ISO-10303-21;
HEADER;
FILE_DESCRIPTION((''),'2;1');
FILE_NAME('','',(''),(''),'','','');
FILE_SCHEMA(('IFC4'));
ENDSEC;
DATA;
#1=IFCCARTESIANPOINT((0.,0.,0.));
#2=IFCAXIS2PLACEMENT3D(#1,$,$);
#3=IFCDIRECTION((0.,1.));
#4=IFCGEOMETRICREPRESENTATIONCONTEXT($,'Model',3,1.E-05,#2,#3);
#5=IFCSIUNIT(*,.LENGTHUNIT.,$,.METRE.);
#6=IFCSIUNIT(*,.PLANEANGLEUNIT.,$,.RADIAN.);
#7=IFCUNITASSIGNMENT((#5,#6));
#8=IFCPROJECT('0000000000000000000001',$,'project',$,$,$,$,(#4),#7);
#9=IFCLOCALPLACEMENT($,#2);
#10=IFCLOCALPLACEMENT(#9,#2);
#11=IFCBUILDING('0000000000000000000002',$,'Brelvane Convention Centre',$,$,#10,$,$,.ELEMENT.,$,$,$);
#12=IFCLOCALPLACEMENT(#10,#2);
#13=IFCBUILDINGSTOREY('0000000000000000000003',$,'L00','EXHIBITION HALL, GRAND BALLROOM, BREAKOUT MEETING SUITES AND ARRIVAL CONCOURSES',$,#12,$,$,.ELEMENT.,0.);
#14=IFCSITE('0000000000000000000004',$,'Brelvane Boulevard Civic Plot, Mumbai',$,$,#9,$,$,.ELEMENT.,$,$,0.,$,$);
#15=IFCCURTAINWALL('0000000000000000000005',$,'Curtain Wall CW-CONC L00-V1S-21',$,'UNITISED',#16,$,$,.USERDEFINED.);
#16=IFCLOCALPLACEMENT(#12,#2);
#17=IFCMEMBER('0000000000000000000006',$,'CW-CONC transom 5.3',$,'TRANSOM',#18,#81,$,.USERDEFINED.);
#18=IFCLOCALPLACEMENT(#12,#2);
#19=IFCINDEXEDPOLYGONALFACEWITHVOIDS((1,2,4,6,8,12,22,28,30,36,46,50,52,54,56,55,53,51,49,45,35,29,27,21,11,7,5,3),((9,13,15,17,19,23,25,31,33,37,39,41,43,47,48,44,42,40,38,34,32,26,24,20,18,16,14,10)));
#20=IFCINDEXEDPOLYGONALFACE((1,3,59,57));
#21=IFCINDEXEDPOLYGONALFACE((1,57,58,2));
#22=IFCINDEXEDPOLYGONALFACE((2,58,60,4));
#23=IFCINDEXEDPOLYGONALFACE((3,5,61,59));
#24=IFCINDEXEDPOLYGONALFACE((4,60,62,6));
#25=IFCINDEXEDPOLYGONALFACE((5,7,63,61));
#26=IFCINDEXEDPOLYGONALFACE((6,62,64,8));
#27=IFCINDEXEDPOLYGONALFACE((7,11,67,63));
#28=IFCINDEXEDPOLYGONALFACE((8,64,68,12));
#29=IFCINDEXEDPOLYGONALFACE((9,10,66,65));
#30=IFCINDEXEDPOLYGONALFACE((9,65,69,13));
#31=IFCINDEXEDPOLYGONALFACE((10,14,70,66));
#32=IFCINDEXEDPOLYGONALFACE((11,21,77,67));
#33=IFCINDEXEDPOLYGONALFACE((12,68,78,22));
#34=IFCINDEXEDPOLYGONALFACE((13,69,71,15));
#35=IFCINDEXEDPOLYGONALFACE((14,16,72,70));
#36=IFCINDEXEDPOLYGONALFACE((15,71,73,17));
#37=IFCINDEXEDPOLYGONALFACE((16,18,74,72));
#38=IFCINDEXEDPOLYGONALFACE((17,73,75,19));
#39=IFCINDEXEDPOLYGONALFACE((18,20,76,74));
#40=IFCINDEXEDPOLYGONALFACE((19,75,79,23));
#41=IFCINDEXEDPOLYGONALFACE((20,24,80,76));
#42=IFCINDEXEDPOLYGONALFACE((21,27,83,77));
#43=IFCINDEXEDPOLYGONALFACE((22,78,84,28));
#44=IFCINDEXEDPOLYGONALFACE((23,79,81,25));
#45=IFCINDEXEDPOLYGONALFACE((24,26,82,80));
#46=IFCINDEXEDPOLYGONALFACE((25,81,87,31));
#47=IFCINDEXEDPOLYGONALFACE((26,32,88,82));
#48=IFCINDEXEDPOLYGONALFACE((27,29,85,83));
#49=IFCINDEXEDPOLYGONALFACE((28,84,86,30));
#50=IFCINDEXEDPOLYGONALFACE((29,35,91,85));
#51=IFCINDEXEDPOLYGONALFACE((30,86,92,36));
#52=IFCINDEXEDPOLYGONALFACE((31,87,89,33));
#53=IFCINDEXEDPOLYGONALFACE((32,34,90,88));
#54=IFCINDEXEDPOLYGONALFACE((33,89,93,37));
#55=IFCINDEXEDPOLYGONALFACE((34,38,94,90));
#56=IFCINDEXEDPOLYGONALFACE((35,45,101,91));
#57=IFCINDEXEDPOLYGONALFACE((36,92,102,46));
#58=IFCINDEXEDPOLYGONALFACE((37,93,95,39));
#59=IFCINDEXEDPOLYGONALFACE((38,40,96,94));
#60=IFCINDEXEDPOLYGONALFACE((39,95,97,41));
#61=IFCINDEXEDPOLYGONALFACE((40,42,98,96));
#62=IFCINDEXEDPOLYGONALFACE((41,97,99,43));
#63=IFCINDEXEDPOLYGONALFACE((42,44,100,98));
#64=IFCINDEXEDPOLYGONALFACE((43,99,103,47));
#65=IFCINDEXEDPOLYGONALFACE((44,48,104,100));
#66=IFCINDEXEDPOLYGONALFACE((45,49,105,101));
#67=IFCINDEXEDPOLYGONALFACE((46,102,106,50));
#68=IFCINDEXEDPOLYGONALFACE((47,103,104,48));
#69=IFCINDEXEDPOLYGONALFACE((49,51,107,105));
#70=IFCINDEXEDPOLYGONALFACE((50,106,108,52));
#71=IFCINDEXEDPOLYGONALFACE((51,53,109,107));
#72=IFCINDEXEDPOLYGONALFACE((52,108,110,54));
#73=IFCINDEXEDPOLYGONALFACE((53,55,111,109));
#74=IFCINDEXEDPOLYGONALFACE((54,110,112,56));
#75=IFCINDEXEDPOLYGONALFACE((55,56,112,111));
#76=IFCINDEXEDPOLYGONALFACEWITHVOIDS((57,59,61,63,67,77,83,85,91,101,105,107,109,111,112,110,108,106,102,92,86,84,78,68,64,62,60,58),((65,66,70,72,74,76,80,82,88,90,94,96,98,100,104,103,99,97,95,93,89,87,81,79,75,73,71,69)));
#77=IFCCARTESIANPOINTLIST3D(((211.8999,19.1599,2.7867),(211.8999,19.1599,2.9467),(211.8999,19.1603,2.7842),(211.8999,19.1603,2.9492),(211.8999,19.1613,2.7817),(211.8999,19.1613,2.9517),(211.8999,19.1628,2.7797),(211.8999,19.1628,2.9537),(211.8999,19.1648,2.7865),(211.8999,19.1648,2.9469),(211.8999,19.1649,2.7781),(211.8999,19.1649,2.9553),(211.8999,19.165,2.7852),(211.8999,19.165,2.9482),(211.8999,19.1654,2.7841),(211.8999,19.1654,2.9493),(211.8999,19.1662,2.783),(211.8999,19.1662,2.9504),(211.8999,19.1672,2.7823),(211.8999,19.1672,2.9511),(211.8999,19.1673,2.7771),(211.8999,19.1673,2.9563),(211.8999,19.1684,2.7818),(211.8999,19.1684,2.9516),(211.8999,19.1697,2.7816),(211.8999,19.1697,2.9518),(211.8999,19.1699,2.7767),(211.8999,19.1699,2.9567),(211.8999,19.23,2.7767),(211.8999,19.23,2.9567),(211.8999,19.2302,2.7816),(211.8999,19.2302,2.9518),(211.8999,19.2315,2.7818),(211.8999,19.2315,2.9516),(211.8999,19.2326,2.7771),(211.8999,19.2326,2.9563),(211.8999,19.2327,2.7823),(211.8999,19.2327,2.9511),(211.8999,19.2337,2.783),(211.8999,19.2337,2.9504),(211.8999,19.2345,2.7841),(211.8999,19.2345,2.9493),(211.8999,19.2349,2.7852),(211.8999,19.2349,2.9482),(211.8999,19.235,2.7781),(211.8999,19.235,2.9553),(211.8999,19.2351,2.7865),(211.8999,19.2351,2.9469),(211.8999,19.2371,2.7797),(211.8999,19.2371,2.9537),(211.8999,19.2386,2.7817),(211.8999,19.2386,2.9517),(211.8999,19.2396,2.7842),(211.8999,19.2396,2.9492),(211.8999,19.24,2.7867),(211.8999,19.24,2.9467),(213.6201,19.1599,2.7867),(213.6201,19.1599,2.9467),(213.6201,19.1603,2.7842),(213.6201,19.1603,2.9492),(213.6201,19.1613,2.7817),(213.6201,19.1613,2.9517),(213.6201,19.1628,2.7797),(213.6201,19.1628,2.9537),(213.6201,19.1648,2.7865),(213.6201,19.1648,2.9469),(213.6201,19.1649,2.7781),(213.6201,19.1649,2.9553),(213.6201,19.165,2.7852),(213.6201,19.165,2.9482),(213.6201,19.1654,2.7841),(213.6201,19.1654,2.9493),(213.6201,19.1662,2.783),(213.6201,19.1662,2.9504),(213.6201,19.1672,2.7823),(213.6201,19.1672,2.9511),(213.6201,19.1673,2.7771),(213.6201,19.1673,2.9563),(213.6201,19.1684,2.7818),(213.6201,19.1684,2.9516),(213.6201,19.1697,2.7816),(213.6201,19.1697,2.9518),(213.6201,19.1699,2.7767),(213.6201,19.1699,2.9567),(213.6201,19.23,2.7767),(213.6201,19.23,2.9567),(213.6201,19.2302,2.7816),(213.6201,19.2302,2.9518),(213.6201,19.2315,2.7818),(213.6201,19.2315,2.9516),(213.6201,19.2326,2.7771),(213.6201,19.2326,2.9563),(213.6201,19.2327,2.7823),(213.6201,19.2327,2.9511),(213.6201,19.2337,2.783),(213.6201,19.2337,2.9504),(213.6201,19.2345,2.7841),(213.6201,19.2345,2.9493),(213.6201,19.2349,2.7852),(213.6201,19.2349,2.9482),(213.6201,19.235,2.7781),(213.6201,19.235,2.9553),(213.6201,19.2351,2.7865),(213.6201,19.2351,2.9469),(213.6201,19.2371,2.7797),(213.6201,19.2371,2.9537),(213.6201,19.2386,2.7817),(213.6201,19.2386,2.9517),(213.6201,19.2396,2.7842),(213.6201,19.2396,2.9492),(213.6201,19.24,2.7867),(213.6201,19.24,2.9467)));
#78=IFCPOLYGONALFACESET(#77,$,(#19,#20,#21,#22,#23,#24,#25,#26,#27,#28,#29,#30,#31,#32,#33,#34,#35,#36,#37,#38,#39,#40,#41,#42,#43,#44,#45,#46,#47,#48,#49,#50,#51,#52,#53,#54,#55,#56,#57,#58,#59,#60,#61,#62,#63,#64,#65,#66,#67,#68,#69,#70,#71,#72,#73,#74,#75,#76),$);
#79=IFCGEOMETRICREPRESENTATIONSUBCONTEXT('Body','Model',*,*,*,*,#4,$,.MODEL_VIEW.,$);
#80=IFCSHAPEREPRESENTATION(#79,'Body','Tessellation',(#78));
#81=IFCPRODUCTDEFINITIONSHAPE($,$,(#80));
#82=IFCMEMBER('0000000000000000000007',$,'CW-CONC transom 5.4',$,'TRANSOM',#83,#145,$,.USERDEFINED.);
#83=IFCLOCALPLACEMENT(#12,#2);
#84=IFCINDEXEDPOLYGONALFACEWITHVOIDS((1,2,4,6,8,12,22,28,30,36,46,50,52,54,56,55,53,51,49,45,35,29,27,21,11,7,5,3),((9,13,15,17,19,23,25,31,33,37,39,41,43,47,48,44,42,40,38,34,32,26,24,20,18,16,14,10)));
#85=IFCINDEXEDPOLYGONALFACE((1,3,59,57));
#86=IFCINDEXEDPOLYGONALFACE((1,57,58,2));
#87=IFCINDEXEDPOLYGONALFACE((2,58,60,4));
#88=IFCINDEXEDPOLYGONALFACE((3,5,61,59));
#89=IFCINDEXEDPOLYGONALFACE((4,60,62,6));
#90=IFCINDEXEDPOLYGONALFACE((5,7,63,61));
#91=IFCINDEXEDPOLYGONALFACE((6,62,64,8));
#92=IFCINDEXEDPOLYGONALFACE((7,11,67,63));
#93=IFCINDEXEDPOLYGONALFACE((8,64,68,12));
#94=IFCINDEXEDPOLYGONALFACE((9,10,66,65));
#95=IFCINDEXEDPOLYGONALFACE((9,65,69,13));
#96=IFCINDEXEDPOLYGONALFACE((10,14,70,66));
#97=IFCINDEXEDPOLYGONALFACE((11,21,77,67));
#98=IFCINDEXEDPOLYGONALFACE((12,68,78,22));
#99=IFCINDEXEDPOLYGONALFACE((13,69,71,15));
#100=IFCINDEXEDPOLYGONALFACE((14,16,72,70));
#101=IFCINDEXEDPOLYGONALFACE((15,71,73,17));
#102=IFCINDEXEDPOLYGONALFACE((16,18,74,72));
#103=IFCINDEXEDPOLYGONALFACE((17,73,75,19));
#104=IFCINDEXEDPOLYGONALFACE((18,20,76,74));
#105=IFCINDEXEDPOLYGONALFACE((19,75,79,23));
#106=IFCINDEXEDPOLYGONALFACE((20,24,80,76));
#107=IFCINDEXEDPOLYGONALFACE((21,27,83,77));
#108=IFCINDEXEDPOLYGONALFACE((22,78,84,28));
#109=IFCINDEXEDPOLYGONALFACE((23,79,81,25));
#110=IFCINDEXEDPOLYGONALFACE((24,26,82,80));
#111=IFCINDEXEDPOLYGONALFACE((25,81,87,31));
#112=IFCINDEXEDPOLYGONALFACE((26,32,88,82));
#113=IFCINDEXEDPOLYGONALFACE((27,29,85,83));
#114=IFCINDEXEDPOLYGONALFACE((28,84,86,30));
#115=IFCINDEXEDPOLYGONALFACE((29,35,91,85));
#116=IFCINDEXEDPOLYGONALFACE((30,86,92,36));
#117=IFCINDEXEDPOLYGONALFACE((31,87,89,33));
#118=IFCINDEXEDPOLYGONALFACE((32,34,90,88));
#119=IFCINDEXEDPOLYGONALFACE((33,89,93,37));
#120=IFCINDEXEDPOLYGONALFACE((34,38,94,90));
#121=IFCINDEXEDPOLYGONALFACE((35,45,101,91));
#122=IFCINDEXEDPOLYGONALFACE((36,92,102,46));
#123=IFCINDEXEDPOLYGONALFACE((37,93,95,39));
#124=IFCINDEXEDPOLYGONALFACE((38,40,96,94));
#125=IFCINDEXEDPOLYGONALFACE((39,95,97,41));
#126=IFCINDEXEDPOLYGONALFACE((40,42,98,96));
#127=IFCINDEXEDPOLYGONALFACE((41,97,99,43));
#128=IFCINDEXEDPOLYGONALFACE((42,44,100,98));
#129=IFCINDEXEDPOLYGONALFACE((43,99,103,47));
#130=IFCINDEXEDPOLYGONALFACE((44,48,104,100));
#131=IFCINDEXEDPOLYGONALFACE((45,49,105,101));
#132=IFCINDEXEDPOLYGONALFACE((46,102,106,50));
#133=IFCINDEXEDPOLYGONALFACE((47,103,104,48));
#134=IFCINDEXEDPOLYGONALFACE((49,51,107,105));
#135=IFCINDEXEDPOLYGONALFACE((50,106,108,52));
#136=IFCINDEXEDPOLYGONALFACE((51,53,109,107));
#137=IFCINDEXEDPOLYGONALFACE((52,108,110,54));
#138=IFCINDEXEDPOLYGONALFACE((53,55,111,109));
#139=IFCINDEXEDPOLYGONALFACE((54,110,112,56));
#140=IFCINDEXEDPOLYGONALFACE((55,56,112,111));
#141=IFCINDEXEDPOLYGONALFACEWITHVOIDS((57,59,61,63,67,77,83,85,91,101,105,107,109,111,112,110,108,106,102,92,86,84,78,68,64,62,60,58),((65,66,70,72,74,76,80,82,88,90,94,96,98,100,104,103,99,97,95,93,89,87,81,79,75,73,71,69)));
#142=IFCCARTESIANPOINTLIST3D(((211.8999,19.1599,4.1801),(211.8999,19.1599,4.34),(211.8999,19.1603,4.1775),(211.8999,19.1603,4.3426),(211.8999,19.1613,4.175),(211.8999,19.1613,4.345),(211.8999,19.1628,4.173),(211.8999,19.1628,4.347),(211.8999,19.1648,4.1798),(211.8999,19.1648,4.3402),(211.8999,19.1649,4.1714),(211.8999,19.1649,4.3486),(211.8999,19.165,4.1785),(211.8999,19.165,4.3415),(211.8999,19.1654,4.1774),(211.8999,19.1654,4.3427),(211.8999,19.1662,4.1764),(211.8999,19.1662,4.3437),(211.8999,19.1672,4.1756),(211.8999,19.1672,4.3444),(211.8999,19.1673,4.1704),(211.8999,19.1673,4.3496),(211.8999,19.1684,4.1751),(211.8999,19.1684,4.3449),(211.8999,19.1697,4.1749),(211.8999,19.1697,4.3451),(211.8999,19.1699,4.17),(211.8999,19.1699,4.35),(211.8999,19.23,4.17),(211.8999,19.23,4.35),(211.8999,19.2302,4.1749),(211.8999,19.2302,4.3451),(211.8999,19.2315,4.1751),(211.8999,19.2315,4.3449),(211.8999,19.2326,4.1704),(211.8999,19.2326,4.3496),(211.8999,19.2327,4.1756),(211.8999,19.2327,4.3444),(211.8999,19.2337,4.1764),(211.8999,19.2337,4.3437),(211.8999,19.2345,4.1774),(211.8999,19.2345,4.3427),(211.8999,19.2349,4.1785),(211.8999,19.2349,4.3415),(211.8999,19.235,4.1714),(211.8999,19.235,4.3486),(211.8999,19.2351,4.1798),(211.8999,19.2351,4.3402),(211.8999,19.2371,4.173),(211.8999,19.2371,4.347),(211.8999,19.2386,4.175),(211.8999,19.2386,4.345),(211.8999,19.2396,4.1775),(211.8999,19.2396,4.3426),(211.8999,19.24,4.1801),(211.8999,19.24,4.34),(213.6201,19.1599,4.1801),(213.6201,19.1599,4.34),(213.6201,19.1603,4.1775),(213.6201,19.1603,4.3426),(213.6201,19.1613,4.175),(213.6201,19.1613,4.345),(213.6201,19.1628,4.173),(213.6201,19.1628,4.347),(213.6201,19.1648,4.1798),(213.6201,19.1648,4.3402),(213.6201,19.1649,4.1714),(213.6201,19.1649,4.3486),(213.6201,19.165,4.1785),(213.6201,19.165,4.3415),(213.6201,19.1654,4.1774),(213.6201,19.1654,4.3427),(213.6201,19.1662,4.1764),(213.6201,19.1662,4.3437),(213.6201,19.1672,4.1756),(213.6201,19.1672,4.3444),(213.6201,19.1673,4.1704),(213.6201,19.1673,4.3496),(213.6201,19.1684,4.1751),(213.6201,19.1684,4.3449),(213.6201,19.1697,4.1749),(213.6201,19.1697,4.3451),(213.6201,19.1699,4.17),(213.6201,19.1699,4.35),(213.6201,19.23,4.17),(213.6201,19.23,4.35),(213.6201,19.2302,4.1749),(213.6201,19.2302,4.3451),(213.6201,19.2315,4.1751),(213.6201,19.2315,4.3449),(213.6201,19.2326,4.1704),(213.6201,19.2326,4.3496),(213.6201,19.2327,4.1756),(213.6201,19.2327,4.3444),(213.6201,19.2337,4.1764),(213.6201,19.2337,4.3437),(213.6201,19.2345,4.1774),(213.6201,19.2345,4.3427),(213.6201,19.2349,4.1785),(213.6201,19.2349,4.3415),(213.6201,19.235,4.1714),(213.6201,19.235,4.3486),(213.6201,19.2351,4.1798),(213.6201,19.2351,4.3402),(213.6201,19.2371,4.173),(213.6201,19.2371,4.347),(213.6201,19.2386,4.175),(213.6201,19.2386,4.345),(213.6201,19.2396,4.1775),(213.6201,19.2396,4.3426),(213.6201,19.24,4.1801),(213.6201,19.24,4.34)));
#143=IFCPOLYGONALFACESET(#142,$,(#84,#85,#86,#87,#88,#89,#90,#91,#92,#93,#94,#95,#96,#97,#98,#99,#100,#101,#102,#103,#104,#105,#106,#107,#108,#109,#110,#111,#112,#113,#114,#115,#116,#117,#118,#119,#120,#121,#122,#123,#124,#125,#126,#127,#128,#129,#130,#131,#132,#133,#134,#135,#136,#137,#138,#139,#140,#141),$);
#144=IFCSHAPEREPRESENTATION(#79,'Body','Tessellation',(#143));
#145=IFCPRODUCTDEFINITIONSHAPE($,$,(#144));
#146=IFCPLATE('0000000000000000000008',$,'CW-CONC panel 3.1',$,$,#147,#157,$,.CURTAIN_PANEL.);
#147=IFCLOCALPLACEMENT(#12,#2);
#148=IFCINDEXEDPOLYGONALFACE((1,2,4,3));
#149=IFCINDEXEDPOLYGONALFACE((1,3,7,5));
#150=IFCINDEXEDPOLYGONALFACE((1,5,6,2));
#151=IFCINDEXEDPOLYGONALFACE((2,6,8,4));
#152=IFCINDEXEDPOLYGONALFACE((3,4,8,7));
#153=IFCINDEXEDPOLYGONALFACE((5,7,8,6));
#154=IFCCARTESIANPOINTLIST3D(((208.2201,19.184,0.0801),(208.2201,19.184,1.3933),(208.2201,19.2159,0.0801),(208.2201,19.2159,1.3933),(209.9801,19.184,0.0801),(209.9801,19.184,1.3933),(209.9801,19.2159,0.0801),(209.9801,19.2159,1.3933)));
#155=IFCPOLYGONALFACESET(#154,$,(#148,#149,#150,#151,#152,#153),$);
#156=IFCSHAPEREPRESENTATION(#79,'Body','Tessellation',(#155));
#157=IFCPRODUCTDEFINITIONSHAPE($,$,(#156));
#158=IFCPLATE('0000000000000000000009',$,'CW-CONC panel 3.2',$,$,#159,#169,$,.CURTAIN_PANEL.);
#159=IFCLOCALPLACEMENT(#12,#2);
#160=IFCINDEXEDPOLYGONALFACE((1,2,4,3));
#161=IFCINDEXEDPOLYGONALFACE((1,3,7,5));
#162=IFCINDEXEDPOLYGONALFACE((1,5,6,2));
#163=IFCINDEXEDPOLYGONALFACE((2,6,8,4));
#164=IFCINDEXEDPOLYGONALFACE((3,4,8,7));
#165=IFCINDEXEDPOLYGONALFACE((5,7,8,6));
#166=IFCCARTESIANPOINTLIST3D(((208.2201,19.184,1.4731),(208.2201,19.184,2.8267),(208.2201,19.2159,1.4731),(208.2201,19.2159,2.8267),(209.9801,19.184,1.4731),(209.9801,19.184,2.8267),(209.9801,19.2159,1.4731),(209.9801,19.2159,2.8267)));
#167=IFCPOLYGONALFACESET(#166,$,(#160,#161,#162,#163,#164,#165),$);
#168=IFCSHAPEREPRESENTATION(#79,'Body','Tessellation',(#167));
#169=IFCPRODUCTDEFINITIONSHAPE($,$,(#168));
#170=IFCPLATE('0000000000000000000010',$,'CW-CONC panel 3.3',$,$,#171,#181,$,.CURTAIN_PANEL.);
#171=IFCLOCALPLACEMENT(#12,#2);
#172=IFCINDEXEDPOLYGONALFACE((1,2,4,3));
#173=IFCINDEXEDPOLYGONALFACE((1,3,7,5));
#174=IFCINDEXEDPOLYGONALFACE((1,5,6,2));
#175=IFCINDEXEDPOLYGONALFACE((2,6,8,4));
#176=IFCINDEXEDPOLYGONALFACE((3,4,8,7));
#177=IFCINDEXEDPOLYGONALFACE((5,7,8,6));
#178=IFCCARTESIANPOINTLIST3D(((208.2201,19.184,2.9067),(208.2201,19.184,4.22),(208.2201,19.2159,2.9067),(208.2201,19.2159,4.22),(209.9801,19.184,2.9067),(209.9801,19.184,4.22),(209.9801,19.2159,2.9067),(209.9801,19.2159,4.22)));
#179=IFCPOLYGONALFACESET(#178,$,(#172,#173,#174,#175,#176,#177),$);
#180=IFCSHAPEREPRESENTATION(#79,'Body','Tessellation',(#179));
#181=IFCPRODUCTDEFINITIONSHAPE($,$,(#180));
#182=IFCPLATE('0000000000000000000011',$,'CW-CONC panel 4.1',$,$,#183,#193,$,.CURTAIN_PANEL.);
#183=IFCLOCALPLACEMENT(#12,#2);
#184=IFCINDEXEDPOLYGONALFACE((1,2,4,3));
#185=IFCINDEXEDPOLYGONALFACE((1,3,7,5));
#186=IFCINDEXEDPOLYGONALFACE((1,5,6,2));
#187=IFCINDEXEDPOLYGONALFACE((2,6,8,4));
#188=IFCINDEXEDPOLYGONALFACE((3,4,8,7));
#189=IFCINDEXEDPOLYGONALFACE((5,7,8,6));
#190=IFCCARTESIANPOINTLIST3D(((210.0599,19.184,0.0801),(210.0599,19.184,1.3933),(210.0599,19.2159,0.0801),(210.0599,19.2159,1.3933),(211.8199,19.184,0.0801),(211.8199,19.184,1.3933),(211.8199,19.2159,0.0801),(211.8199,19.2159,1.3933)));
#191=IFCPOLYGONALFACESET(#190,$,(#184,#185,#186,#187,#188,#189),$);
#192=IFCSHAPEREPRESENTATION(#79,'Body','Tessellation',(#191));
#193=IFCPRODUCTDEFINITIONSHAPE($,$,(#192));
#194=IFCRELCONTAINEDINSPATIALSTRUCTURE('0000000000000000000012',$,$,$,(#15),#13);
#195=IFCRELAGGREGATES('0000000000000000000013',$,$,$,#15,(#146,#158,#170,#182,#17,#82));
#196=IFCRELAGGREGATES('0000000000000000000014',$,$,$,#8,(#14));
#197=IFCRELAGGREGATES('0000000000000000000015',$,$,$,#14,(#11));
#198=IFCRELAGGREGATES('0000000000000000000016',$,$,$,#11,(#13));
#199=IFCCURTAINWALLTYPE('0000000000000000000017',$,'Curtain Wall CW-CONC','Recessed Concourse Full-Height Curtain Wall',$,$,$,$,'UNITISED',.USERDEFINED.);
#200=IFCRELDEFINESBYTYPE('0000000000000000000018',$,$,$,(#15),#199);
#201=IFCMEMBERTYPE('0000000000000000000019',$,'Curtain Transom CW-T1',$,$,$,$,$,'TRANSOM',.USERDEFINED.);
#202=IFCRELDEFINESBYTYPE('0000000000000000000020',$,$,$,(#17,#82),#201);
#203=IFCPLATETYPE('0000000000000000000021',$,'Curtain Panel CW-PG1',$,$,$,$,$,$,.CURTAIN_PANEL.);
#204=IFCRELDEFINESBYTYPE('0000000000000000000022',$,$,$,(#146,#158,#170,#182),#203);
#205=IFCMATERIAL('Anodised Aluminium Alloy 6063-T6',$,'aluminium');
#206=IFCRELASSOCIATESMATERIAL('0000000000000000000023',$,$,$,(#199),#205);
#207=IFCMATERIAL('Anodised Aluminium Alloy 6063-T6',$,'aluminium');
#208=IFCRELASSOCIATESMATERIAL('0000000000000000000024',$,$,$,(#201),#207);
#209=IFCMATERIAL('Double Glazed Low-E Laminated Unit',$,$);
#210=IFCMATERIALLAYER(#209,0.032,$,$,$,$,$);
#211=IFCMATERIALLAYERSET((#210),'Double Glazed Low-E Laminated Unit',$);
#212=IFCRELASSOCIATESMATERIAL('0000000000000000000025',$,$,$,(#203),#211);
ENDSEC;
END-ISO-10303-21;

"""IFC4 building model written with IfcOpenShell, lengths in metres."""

from ifc_helpers import new_model, si_unit, direction, frame, origin, origin_2d, place, context, subcontext, project, spatial, rectangle, hollow_rectangle, extrude, material, layer, layer_set, material_profile, profile_set, type_object, element, aggregate, save


model = new_model("IFC4")

# Units and contexts
model_context = context("Model", 3, precision=1e-05, world=origin(), true_north=direction((0.0, 1.0)))
body_context = subcontext(model_context, "Body", "Model", "MODEL_VIEW")
ifc_project = project(units=[si_unit("LENGTHUNIT", "METRE"), si_unit("PLANEANGLEUNIT", "RADIAN")], contexts=[model_context])

# Site, building, storey
site_placement = place(None, origin())
site = spatial("IfcSite", under=ifc_project, at=site_placement, Name="Brelvane Boulevard Civic Plot, Mumbai", CompositionType="ELEMENT", RefElevation=0.0)
building_placement = place(site_placement, origin())
building = spatial("IfcBuilding", under=site, at=building_placement, Name="Brelvane Convention Centre", CompositionType="ELEMENT")
storey_placement = place(building_placement, origin())
storey = spatial("IfcBuildingStorey", under=building, at=storey_placement, Name="L00", Description="EXHIBITION HALL, GRAND BALLROOM, BREAKOUT MEETING SUITES AND ARRIVAL CONCOURSES", CompositionType="ELEMENT", Elevation=0.0)

# Curtain wall, members, plates
ifc_material_1 = material(Name="Anodised Aluminium Alloy 6063-T6", Category="aluminium")
curtain_wall_type = type_object("IfcCurtainWallType", Name="Curtain Wall CW-CONC", Description="Recessed Concourse Full-Height Curtain Wall", ElementType="UNITISED", PredefinedType="USERDEFINED", material=ifc_material_1)
curtain_wall_placement = place(storey_placement, origin())
curtain_wall = element("IfcCurtainWall", 1, at=curtain_wall_placement, inside=storey, type_object=curtain_wall_type, Name="Curtain Wall CW-CONC L00-V1S-21", ObjectType="UNITISED", PredefinedType="USERDEFINED")
ifc_material_2 = material(Name="Anodised Aluminium Alloy 6063-T6", Category="aluminium")
ifc_material_profile_1 = material_profile(ifc_material_2, hollow_rectangle(XDim=0.0801, YDim=0.1799, WallThickness=0.0049, InnerFilletRadius=0.0049, OuterFilletRadius=0.01, at=origin_2d()), Name="ALU-T 180x80x5.0")
ifc_profile_set_1 = profile_set([ifc_material_profile_1], Name="Anodised Aluminium Alloy 6063-T6")
member_type_1 = type_object("IfcMemberType", Name="Curtain Transom CW-T1", ElementType="TRANSOM", PredefinedType="USERDEFINED", material=ifc_profile_set_1)
member_1_placement = place(storey_placement, frame((211.8999, 19.2, 2.8667), z_axis=(1.0, 0.0, 0.0), x_axis=(0.0, 1.0, 0.0)))
member_1 = element("IfcMember", 2, at=member_1_placement, type_object=member_type_1, Name="CW-CONC transom 5.3", ObjectType="TRANSOM", PredefinedType="USERDEFINED", context=body_context, shape_type="SweptSolid", body=[
    extrude(hollow_rectangle(XDim=0.0801, YDim=0.1799, WallThickness=0.0049, InnerFilletRadius=0.0049, OuterFilletRadius=0.01, at=origin_2d()), origin(), (0.0, 0.0, 1.0), 1.7202),
])
member_2_placement = place(storey_placement, frame((211.8999, 19.2, 4.26), z_axis=(1.0, 0.0, 0.0), x_axis=(0.0, 1.0, 0.0)))
member_2 = element("IfcMember", 3, at=member_2_placement, type_object=member_type_1, Name="CW-CONC transom 5.4", ObjectType="TRANSOM", PredefinedType="USERDEFINED", context=body_context, shape_type="SweptSolid", body=[
    extrude(hollow_rectangle(XDim=0.0801, YDim=0.1799, WallThickness=0.0049, InnerFilletRadius=0.0049, OuterFilletRadius=0.01, at=origin_2d()), origin(), (0.0, 0.0, 1.0), 1.7202),
])
ifc_material_3 = material(Name="Double Glazed Low-E Laminated Unit")
ifc_layer = layer(ifc_material_3, 0.032)
ifc_layer_set = layer_set([ifc_layer], Name="Double Glazed Low-E Laminated Unit")
plate_type = type_object("IfcPlateType", Name="Curtain Panel CW-PG1", PredefinedType="CURTAIN_PANEL", material=ifc_layer_set)
plate_1_placement = place(storey_placement, frame((209.1001, 19.2, 0.0801), z_axis=(0.0, 0.0, 1.0), x_axis=(1.0, 0.0, 0.0)))
plate_1 = element("IfcPlate", 4, at=plate_1_placement, type_object=plate_type, Name="CW-CONC panel 3.1", PredefinedType="CURTAIN_PANEL", context=body_context, shape_type="SweptSolid", body=[
    extrude(rectangle(XDim=1.76, YDim=0.032, at=origin_2d()), origin(), (0.0, 0.0, 1.0), 1.3132),
])
plate_2_placement = place(storey_placement, frame((209.1001, 19.2, 1.4731), z_axis=(0.0, 0.0, 1.0), x_axis=(1.0, 0.0, 0.0)))
plate_2 = element("IfcPlate", 5, at=plate_2_placement, type_object=plate_type, Name="CW-CONC panel 3.2", PredefinedType="CURTAIN_PANEL", context=body_context, shape_type="SweptSolid", body=[
    extrude(rectangle(XDim=1.76, YDim=0.032, at=origin_2d()), origin(), (0.0, 0.0, 1.0), 1.3535),
])
plate_3_placement = place(storey_placement, frame((209.1001, 19.2, 2.9067), z_axis=(0.0, 0.0, 1.0), x_axis=(1.0, 0.0, 0.0)))
plate_3 = element("IfcPlate", 6, at=plate_3_placement, type_object=plate_type, Name="CW-CONC panel 3.3", PredefinedType="CURTAIN_PANEL", context=body_context, shape_type="SweptSolid", body=[
    extrude(rectangle(XDim=1.76, YDim=0.032, at=origin_2d()), origin(), (0.0, 0.0, 1.0), 1.3132),
])
plate_4_placement = place(storey_placement, frame((210.9399, 19.2, 0.0801), z_axis=(0.0, 0.0, 1.0), x_axis=(1.0, 0.0, 0.0)))
plate_4 = element("IfcPlate", 7, at=plate_4_placement, type_object=plate_type, Name="CW-CONC panel 4.1", PredefinedType="CURTAIN_PANEL", context=body_context, shape_type="SweptSolid", body=[
    extrude(rectangle(XDim=1.76, YDim=0.032, at=origin_2d()), origin(), (0.0, 0.0, 1.0), 1.3132),
])
aggregate(curtain_wall, [plate_1, plate_2, plate_3, plate_4, member_1, member_2])

save(model, "model.ifc")
